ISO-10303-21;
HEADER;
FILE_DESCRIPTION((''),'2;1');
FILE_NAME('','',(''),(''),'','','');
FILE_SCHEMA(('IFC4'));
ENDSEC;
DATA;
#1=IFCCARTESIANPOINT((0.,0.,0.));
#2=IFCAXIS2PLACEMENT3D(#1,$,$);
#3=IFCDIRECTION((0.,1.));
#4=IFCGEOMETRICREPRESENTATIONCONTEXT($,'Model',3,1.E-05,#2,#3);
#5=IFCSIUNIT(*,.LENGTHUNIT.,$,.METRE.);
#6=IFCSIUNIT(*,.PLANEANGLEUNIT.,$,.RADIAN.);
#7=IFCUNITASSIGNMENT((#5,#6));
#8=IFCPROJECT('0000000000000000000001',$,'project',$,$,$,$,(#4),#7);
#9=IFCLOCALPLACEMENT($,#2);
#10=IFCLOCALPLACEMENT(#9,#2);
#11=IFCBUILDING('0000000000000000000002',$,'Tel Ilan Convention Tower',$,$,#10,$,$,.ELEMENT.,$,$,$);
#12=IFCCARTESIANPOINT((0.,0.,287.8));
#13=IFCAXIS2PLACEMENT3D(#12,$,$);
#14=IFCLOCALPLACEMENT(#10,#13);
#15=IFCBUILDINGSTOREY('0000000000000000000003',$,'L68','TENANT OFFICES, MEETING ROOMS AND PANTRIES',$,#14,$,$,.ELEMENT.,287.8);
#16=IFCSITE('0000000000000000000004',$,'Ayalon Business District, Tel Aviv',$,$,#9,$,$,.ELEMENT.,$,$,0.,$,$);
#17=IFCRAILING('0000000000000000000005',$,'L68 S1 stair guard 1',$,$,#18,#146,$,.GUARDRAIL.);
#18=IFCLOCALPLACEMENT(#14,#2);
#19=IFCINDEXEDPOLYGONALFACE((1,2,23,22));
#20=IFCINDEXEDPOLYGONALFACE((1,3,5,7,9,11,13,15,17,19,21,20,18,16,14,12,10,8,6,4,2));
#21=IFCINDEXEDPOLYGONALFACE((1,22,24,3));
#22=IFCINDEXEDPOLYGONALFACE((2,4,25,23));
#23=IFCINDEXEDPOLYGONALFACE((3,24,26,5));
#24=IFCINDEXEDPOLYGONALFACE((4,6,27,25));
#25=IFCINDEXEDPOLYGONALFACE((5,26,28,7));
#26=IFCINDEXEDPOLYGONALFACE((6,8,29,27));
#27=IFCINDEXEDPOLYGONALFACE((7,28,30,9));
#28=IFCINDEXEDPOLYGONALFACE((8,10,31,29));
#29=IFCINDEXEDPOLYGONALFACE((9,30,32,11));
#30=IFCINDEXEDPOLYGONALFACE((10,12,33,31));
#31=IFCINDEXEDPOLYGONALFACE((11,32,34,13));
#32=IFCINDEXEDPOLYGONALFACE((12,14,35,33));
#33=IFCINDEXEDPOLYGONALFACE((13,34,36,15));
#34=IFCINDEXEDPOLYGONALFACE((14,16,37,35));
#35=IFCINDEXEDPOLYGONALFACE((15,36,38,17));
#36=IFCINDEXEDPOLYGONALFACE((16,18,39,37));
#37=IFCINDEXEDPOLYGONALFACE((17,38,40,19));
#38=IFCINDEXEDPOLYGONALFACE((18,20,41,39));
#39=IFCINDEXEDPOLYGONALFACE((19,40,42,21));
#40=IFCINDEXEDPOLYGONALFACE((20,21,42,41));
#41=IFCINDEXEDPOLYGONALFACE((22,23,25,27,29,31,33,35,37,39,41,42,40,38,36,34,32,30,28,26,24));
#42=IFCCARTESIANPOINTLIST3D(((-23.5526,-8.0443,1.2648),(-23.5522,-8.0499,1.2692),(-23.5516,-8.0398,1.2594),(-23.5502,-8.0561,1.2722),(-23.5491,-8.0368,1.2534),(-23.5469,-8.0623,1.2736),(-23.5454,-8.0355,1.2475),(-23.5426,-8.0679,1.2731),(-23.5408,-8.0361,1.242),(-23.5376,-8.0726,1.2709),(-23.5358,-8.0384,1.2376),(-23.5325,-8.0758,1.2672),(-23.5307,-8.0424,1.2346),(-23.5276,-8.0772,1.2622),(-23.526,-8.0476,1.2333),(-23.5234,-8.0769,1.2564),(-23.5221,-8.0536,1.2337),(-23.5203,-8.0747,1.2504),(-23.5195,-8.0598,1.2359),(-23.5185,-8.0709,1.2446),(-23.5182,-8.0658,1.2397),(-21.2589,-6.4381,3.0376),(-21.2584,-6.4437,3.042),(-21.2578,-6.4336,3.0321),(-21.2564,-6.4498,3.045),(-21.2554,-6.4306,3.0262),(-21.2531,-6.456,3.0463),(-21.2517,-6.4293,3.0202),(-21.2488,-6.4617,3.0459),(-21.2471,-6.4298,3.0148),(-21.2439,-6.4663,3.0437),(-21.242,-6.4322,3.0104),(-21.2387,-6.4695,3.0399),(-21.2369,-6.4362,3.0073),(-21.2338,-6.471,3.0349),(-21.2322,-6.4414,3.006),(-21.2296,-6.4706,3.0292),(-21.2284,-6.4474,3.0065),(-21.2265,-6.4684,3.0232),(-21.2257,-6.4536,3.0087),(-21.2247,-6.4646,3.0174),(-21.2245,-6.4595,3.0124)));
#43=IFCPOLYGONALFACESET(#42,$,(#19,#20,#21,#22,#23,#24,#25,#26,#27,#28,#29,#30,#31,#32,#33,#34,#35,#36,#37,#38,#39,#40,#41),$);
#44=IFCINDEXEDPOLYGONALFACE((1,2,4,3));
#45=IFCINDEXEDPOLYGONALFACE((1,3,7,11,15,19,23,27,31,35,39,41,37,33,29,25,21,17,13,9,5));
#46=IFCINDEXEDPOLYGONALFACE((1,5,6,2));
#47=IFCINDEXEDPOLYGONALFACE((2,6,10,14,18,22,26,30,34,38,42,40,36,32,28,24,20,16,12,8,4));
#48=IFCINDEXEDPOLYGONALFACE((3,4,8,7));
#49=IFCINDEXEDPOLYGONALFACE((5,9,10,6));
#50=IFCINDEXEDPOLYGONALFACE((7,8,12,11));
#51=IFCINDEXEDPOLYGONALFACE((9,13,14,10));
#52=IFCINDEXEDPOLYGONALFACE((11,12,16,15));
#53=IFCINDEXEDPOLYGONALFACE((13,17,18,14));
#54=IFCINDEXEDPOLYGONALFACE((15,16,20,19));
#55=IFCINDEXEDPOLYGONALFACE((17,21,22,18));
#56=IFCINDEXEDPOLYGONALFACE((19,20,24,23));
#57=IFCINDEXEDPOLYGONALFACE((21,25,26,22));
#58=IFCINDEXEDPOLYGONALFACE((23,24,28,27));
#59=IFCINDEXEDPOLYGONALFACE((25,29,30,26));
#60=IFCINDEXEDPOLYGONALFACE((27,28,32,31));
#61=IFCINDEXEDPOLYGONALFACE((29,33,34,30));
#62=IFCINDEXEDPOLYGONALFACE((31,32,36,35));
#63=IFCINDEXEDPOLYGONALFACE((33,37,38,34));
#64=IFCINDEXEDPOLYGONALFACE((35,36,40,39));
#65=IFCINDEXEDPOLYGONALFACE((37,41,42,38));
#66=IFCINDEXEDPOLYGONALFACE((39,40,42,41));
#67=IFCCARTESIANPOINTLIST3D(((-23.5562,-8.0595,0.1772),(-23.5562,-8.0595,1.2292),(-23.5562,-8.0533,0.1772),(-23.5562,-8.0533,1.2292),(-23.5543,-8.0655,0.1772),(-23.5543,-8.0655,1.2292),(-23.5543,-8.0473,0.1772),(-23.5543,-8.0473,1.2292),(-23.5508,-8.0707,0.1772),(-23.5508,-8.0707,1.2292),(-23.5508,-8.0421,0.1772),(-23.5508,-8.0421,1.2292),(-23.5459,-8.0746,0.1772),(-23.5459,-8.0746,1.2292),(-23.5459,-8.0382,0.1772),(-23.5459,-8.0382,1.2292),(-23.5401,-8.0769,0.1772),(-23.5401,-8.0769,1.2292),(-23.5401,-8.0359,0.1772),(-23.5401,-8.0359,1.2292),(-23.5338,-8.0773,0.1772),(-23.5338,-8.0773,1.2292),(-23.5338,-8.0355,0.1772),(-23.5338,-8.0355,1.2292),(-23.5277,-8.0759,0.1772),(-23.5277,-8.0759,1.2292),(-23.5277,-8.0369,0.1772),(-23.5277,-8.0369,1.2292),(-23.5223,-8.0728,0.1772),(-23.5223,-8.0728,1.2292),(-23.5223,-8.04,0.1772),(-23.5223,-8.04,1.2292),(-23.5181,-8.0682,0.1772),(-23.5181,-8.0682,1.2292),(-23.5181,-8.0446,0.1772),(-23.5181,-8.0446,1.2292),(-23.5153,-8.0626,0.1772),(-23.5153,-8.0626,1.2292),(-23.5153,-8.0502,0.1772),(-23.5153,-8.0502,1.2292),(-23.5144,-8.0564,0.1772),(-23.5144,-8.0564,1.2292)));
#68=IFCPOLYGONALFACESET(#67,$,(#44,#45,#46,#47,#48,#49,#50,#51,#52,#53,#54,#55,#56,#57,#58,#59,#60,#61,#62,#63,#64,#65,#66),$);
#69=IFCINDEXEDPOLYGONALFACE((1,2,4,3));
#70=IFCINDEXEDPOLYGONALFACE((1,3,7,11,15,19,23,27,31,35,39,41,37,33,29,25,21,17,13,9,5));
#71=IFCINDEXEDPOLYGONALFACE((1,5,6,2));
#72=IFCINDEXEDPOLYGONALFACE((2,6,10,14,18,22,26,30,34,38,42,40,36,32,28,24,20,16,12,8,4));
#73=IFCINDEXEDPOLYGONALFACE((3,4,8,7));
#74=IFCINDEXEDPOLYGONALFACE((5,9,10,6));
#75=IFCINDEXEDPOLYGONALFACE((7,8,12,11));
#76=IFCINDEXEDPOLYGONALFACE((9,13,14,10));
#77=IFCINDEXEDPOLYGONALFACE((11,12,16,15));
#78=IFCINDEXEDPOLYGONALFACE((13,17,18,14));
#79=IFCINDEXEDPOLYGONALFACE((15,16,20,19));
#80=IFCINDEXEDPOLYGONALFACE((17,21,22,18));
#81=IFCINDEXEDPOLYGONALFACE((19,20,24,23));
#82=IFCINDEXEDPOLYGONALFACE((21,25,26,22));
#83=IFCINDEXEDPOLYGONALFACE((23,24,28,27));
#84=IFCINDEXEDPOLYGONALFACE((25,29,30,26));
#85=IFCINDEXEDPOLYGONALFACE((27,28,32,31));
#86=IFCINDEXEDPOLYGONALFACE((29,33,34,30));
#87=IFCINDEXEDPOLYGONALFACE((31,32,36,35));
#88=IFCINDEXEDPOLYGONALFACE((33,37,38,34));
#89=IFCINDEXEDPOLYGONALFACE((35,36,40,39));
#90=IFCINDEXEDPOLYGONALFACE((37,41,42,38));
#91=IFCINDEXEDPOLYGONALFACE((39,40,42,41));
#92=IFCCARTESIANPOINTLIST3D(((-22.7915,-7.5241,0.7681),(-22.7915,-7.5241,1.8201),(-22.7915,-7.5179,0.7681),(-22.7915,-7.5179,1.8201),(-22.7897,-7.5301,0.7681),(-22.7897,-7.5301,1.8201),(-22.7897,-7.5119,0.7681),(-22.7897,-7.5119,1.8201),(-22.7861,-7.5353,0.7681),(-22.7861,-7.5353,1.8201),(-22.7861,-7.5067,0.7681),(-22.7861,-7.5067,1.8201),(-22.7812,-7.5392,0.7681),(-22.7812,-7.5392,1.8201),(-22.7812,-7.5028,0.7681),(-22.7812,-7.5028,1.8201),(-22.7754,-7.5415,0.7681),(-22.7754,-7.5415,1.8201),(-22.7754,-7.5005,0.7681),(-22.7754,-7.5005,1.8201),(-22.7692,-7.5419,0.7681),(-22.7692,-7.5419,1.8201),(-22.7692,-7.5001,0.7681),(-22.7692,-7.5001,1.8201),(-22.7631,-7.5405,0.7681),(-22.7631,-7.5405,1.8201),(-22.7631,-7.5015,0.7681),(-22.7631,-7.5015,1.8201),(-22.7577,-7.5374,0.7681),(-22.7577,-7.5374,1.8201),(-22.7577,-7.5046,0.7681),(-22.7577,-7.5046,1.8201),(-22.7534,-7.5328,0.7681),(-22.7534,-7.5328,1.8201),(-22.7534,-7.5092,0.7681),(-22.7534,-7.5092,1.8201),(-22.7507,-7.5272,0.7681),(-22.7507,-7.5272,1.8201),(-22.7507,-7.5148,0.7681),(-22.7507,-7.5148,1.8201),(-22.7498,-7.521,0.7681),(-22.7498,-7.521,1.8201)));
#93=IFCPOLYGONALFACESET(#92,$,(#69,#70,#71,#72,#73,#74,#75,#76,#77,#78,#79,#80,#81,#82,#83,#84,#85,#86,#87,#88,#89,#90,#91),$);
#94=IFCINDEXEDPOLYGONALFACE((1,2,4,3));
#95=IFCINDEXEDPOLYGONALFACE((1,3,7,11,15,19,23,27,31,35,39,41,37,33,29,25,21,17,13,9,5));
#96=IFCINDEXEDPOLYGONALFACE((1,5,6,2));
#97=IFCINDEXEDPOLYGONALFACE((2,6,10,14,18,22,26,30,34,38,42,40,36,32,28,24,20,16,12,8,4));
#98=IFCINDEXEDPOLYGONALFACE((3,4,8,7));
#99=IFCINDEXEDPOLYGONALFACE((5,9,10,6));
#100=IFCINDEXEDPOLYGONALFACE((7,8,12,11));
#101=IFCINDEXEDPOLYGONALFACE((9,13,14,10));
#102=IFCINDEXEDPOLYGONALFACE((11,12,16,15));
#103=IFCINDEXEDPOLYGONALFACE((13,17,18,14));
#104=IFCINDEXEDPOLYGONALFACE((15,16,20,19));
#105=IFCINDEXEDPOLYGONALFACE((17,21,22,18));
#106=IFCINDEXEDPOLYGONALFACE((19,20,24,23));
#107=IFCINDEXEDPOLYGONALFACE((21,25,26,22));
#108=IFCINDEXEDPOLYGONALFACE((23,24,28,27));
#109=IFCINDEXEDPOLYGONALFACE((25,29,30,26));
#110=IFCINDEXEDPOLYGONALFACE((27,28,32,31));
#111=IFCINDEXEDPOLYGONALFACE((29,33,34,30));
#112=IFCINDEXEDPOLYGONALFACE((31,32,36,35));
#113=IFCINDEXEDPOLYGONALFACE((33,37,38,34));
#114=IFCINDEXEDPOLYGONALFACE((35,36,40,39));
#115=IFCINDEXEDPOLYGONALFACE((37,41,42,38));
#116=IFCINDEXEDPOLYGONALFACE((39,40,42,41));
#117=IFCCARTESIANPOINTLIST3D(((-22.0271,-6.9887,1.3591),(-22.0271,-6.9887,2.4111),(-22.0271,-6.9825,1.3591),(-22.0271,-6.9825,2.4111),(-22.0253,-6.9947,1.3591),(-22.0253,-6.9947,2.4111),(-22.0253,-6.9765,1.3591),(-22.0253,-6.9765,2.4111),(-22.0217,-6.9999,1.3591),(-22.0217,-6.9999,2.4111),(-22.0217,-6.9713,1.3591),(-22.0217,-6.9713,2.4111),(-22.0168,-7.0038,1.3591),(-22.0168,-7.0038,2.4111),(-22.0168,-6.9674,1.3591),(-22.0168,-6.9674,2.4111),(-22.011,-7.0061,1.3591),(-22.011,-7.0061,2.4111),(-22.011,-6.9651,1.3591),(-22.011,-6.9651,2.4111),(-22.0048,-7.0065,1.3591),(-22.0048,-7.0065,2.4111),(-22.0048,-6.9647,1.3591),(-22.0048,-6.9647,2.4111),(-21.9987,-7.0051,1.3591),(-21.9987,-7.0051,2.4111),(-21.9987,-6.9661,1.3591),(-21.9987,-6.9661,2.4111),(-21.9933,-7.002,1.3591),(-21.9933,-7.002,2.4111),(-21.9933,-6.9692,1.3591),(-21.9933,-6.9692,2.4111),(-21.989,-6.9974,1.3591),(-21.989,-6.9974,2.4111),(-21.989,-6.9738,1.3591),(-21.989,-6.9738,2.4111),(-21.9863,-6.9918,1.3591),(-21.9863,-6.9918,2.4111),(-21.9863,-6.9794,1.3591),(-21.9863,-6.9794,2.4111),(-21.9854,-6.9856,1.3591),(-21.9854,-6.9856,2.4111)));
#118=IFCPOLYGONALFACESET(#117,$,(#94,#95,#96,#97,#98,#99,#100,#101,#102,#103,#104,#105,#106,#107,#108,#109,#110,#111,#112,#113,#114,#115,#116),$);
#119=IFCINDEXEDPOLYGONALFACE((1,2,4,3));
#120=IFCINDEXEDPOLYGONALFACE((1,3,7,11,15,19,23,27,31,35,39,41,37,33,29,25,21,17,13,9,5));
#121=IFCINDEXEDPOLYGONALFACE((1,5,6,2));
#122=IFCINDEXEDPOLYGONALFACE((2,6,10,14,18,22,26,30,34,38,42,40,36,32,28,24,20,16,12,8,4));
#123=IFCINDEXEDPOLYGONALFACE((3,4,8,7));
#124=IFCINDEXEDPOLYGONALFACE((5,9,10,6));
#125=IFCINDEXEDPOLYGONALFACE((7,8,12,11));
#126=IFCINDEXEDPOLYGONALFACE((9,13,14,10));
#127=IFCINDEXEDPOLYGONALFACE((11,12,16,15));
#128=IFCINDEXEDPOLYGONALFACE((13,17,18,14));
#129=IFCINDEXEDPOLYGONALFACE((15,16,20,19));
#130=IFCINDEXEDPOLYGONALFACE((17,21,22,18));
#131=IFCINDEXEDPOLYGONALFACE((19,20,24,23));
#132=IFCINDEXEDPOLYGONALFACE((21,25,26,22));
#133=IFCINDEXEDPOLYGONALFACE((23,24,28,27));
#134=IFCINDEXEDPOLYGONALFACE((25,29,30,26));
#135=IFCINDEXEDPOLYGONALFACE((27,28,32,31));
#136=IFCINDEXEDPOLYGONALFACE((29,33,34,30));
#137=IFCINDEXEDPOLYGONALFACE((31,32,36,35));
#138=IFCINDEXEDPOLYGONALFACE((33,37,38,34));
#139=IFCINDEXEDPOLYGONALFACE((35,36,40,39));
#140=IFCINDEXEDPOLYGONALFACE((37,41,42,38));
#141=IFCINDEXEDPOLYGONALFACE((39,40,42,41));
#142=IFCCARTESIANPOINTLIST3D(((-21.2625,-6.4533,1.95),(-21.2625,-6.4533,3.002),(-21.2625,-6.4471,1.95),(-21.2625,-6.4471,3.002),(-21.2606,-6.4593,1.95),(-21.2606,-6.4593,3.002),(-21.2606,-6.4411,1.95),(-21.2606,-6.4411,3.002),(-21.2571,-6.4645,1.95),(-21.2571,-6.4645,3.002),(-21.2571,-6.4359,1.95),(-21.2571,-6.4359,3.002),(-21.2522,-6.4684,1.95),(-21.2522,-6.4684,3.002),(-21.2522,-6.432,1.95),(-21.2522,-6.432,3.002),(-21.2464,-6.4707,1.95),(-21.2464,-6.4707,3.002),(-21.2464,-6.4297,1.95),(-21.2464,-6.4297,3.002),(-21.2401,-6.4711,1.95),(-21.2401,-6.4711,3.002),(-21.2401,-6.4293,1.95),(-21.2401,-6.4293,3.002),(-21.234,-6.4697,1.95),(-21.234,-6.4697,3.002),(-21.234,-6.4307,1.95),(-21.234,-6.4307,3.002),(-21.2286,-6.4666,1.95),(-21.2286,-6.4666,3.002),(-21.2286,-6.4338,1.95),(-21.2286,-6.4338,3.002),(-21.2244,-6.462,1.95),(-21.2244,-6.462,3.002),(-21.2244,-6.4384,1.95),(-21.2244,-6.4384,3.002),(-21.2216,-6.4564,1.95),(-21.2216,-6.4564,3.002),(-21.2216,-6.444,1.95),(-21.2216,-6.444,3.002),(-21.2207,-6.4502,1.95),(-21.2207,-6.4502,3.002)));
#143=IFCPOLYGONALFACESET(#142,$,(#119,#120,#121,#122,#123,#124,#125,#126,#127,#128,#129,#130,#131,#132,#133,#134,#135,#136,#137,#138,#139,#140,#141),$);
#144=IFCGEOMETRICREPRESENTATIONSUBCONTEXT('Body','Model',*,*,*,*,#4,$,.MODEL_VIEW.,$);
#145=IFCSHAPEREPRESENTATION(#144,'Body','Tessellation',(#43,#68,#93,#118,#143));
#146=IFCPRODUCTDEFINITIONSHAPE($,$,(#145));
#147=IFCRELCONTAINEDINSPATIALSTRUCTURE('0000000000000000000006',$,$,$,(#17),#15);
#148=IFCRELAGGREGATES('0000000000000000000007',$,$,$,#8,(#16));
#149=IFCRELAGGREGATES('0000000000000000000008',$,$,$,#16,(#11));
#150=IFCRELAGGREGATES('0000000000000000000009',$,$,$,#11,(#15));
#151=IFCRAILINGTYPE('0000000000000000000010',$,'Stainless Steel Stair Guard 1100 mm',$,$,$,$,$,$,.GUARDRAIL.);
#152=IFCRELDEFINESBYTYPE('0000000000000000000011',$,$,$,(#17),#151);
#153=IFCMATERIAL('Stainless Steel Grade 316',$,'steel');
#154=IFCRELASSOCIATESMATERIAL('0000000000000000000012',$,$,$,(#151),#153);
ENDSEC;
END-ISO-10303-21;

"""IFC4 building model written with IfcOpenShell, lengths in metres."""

from ifc_helpers import new_model, si_unit, direction, frame, origin, origin_2d, place, context, subcontext, project, spatial, circle, extrude, material, type_object, element, save


model = new_model("IFC4")

# Units and contexts
model_context = context("Model", 3, precision=1e-05, world=origin(), true_north=direction((0.0, 1.0)))
body_context = subcontext(model_context, "Body", "Model", "MODEL_VIEW")
ifc_project = project(units=[si_unit("LENGTHUNIT", "METRE"), si_unit("PLANEANGLEUNIT", "RADIAN")], contexts=[model_context])

# Site, building, storey
site_placement = place(None, origin())
site = spatial("IfcSite", under=ifc_project, at=site_placement, Name="Ayalon Business District, Tel Aviv", CompositionType="ELEMENT", RefElevation=0.0)
building_placement = place(site_placement, origin())
building = spatial("IfcBuilding", under=site, at=building_placement, Name="Tel Ilan Convention Tower", CompositionType="ELEMENT")
storey_placement = place(building_placement, frame((0.0, 0.0, 287.8)))
storey = spatial("IfcBuildingStorey", under=building, at=storey_placement, Name="L68", Description="TENANT OFFICES, MEETING ROOMS AND PANTRIES", CompositionType="ELEMENT", Elevation=287.8)

# Railing
ifc_material_1 = material(Name="Stainless Steel Grade 316", Category="steel")
railing_type_1 = type_object("IfcRailingType", Name="Stainless Steel Stair Guard 1100 mm", PredefinedType="GUARDRAIL", material=ifc_material_1)
railing_1_placement = place(storey_placement, frame((-23.5354, -8.0564, 0.1772)))
element("IfcRailing", 1, at=railing_1_placement, inside=storey, type_object=railing_type_1, Name="L68 S1 stair guard 1", PredefinedType="GUARDRAIL", context=body_context, shape_type="SweptSolid", body=[
    extrude(circle(Radius=0.0239, at=origin_2d()), frame((0.0, 0.0, 1.0762), z_axis=(0.692098, 0.484653, 0.534894), x_axis=(-0.573609, 0.81913, 0.0)), (0.0, 0.0, 1.0), 3.3142),
    extrude(circle(Radius=0.021, at=origin_2d()), origin(), (0.0, 0.0, 1.0), 1.052),
    extrude(circle(Radius=0.021, at=origin_2d()), frame((0.7646, 0.5354, 0.5908)), (0.0, 0.0, 1.0), 1.052),
    extrude(circle(Radius=0.021, at=origin_2d()), frame((1.5291, 1.0708, 1.1819)), (0.0, 0.0, 1.0), 1.052),
    extrude(circle(Radius=0.021, at=origin_2d()), frame((2.2937, 1.6062, 1.7727)), (0.0, 0.0, 1.0), 1.052),
])

save(model, "model.ifc")
